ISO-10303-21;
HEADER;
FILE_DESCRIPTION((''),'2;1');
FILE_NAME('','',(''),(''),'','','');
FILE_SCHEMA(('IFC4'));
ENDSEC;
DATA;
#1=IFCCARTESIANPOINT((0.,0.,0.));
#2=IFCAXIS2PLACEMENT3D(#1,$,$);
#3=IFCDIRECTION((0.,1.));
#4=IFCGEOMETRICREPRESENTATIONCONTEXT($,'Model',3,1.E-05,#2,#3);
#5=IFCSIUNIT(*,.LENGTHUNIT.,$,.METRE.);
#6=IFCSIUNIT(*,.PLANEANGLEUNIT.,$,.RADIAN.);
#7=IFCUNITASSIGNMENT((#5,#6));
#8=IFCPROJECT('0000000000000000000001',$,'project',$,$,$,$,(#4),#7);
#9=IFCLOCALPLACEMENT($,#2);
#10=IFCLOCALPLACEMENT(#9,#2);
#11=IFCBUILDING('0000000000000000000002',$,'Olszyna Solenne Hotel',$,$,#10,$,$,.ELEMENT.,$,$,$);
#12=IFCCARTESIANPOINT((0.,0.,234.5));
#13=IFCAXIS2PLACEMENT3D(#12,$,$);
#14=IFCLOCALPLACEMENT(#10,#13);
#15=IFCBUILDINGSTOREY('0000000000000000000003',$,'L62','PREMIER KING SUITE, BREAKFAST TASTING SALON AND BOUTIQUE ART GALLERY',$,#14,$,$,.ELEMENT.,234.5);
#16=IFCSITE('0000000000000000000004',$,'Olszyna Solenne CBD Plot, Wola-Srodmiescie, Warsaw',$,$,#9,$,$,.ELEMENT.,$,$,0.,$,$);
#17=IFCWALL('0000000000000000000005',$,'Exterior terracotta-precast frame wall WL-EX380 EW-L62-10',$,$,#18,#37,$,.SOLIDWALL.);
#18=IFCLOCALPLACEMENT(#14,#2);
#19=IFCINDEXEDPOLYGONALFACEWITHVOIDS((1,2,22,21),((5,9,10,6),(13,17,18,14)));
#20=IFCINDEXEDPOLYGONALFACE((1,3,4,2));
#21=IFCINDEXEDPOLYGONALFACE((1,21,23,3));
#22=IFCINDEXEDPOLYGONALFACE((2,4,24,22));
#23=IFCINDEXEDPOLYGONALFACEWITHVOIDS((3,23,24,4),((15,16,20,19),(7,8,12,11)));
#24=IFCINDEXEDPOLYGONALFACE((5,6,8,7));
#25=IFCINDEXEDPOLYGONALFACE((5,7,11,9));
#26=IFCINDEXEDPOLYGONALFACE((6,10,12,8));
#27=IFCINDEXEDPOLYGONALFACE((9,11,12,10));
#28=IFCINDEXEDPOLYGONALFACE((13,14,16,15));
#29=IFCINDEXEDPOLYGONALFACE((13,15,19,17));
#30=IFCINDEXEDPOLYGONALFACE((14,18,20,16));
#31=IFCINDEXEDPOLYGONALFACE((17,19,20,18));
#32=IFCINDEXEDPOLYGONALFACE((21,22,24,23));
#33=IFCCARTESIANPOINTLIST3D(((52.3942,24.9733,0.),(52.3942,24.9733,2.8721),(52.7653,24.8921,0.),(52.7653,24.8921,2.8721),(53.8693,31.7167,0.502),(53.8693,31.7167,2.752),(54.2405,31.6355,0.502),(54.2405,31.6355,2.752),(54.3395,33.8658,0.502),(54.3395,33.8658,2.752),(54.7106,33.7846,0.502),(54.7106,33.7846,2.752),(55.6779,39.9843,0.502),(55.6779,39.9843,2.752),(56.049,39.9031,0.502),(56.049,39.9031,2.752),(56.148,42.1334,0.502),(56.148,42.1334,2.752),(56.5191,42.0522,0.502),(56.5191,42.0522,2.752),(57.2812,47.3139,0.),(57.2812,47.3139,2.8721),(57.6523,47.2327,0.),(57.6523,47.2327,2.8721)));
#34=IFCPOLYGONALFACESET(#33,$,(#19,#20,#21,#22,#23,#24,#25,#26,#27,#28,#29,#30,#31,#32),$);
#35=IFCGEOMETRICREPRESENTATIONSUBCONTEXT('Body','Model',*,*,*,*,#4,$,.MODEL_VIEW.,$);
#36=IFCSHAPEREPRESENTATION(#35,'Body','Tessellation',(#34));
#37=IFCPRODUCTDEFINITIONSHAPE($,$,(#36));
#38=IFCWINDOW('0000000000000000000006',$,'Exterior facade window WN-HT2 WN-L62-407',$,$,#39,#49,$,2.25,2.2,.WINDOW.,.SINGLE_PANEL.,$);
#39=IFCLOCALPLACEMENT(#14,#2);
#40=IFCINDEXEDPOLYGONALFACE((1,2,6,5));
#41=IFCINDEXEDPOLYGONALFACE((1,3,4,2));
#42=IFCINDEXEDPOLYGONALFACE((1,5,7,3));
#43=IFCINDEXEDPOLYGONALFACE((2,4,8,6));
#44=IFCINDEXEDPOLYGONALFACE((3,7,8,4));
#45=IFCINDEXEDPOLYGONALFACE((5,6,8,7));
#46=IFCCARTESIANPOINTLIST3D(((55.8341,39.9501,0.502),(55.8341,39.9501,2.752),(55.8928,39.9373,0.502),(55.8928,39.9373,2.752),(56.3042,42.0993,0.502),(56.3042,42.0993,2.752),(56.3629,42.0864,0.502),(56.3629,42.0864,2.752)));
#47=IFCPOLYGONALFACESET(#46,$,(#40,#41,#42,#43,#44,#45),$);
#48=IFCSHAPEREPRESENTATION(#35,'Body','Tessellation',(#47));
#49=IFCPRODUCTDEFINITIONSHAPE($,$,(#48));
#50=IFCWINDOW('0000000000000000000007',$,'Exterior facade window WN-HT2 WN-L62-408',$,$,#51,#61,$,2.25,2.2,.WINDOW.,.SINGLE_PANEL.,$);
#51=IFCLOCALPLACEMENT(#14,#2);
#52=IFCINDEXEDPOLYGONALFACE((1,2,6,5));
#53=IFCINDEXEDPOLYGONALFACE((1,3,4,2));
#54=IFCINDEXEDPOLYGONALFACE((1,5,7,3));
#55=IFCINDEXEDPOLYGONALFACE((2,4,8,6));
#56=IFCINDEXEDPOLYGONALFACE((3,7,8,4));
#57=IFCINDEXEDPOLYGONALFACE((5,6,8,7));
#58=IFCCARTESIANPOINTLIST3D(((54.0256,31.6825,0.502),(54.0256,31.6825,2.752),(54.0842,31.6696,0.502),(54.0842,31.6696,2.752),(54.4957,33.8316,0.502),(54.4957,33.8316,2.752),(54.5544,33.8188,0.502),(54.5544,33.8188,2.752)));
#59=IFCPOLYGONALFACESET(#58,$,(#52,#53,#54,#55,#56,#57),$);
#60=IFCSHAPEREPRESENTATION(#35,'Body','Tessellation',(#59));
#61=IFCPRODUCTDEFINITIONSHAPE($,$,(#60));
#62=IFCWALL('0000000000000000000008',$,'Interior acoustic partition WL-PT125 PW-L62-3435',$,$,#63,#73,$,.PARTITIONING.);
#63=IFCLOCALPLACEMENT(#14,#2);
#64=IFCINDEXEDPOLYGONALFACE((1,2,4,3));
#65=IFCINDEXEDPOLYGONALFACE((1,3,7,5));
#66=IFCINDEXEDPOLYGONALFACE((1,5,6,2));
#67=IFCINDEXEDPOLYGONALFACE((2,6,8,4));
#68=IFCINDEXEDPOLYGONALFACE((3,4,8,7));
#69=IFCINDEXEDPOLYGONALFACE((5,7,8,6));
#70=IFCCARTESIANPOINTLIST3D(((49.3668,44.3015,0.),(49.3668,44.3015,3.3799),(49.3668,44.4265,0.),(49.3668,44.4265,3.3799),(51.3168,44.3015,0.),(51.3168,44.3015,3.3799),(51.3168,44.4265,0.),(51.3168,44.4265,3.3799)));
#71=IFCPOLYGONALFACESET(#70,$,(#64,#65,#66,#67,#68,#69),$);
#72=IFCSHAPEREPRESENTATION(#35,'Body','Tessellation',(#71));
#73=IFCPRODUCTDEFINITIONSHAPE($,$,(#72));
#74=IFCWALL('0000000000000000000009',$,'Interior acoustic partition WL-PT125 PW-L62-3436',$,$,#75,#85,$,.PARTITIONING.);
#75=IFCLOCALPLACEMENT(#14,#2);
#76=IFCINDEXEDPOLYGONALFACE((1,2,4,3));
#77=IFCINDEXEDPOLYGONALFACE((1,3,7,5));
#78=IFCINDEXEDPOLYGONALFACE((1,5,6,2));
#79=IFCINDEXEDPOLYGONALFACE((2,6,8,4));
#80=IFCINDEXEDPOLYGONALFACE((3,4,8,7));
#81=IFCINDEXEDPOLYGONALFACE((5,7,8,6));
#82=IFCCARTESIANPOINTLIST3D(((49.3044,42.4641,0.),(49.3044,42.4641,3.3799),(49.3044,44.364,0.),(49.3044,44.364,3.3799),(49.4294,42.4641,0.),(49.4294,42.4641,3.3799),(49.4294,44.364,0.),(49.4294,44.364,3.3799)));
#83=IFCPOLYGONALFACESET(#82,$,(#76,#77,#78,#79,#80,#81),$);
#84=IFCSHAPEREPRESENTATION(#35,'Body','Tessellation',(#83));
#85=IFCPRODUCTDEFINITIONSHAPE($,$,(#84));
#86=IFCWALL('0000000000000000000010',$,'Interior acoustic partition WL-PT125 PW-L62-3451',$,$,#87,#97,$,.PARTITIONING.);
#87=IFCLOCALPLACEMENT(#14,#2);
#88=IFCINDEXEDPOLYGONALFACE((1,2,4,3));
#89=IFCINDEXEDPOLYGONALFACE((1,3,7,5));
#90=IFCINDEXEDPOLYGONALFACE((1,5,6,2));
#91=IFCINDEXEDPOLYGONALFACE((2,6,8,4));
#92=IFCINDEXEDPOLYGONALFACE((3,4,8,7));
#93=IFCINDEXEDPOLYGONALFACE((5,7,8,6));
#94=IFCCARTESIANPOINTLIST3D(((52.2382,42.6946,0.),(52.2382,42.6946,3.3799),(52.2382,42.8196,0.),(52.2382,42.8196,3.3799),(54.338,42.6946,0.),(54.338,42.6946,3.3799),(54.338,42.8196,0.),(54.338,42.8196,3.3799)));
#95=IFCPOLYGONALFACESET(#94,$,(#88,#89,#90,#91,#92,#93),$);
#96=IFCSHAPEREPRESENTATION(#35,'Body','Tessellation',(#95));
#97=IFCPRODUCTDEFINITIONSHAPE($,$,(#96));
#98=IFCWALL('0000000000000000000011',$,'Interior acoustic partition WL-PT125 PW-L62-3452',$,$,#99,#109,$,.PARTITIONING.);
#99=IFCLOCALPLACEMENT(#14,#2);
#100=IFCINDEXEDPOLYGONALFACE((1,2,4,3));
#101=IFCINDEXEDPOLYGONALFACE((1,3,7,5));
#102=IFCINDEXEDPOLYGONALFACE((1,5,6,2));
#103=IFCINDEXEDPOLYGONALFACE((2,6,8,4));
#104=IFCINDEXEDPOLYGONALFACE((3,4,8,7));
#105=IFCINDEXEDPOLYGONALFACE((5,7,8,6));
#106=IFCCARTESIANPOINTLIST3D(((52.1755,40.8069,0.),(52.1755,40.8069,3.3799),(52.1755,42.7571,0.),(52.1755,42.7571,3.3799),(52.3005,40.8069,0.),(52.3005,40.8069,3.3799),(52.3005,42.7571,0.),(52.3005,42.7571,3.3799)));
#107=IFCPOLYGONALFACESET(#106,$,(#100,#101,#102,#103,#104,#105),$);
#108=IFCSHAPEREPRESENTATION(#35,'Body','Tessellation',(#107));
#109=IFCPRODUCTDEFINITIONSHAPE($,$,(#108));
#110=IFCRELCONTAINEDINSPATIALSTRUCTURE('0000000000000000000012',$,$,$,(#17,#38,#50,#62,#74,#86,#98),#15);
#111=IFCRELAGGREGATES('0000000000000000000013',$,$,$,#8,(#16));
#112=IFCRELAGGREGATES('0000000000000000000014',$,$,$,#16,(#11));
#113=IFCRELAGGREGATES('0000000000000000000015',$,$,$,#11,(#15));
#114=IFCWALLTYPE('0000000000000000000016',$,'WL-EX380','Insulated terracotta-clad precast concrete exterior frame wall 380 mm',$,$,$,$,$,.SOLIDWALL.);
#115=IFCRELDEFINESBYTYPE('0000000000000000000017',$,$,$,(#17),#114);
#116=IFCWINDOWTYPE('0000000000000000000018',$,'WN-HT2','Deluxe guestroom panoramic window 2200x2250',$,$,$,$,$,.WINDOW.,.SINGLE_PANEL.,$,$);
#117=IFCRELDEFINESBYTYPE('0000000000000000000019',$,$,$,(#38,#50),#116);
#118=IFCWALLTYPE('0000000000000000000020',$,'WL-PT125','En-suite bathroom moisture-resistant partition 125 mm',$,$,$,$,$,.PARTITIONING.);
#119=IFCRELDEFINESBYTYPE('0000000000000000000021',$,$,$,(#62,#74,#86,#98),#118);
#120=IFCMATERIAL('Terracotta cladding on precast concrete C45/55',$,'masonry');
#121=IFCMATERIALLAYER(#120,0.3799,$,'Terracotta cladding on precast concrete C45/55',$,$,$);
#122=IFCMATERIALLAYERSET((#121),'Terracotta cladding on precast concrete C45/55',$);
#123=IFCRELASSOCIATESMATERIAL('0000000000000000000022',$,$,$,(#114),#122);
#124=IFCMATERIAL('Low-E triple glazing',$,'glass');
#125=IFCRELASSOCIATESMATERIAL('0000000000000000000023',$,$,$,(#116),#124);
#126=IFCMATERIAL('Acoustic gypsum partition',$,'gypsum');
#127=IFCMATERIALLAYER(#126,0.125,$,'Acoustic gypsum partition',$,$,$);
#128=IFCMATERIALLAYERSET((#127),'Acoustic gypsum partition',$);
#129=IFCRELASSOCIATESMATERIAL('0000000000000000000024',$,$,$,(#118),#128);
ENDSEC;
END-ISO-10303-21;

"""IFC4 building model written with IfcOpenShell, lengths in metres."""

from ifc_helpers import new_model, si_unit, direction, frame, frame_2d, origin, place, context, subcontext, project, spatial, rectangle, extrude, source, transform, mapped, material, layer, layer_set, type_object, type_shapes, element, fill, save


model = new_model("IFC4")

# Units and contexts
model_context = context("Model", 3, precision=1e-05, world=origin(), true_north=direction((0.0, 1.0)))
body_context = subcontext(model_context, "Body", "Model", "MODEL_VIEW")
ifc_project = project(units=[si_unit("LENGTHUNIT", "METRE"), si_unit("PLANEANGLEUNIT", "RADIAN")], contexts=[model_context])

# Site, building, storey
site_placement = place(None, origin())
site = spatial("IfcSite", under=ifc_project, at=site_placement, Name="Olszyna Solenne CBD Plot, Wola-Srodmiescie, Warsaw", CompositionType="ELEMENT", RefElevation=0.0)
building_placement = place(site_placement, origin())
building = spatial("IfcBuilding", under=site, at=building_placement, Name="Olszyna Solenne Hotel", CompositionType="ELEMENT")
storey_placement = place(building_placement, frame((0.0, 0.0, 234.5)))
storey = spatial("IfcBuildingStorey", under=building, at=storey_placement, Name="L62", Description="PREMIER KING SUITE, BREAKFAST TASTING SALON AND BOUTIQUE ART GALLERY", CompositionType="ELEMENT", Elevation=234.5)

# Wall, openings, windows
ifc_material_1 = material(Name="Terracotta cladding on precast concrete C45/55", Category="masonry")
ifc_layer_1 = layer(ifc_material_1, 0.3799, Name="Terracotta cladding on precast concrete C45/55")
ifc_layer_set_1 = layer_set([ifc_layer_1], Name="Terracotta cladding on precast concrete C45/55")
wall_type_1 = type_object("IfcWallType", Name="WL-EX380", Description="Insulated terracotta-clad precast concrete exterior frame wall 380 mm", PredefinedType="SOLIDWALL", material=ifc_layer_set_1)
wall_1_placement = place(storey_placement, frame((57.4668, 47.2734, 0.0), z_axis=(0.0, 0.0, 1.0), x_axis=(-0.213695, -0.9769, 0.0)))
wall_1 = element("IfcWall", 1, at=wall_1_placement, inside=storey, type_object=wall_type_1, Name="Exterior terracotta-precast frame wall WL-EX380 EW-L62-10", PredefinedType="SOLIDWALL", context=body_context, shape_type="SweptSolid", body=[
    extrude(rectangle(XDim=22.8689, YDim=0.3799, at=frame_2d((11.4346, 0.0))), origin(), (0.0, 0.0, 1.0), 2.8721),
])
opening_1_placement = place(wall_1_placement, frame((5.303, 0.0, 0.502)))
opening_1 = element("IfcOpeningElement", 2, at=opening_1_placement, cuts=wall_1, PredefinedType="OPENING", context=body_context, shape_type="SweptSolid", body=[
    extrude(rectangle(XDim=2.2, YDim=2.25, at=frame_2d((1.1001, 1.125))), frame((0.0, 0.2, 0.0), z_axis=(0.0, -1.0, 0.0), x_axis=(1.0, 0.0, 0.0)), (0.0, 0.0, 1.0), 0.3999),
])
opening_2_placement = place(wall_1_placement, frame((13.7661, 0.0, 0.502)))
opening_2 = element("IfcOpeningElement", 3, at=opening_2_placement, cuts=wall_1, PredefinedType="OPENING", context=body_context, shape_type="SweptSolid", body=[
    extrude(rectangle(XDim=2.2, YDim=2.25, at=frame_2d((1.1001, 1.125))), frame((0.0, 0.2, 0.0), z_axis=(0.0, -1.0, 0.0), x_axis=(1.0, 0.0, 0.0)), (0.0, 0.0, 1.0), 0.3999),
])
ifc_material_2 = material(Name="Low-E triple glazing", Category="glass")
window_type = type_object("IfcWindowType", Name="WN-HT2", Description="Deluxe guestroom panoramic window 2200x2250", PartitioningType="SINGLE_PANEL", PredefinedType="WINDOW", material=ifc_material_2)
shared_shape_1 = source(origin(), body_context, "Body", "SweptSolid", [
    extrude(rectangle(XDim=2.2, YDim=2.25, at=frame_2d((1.1001, 1.125))), frame((0.0, 0.03, 0.0), z_axis=(0.0, -1.0, 0.0), x_axis=(1.0, 0.0, 0.0)), (0.0, 0.0, 1.0), 0.0601),
])
type_shapes(window_type, [shared_shape_1])
window_1_placement = place(opening_1_placement, origin())
window_1 = element("IfcWindow", 4, at=window_1_placement, inside=storey, type_object=window_type, Name="Exterior facade window WN-HT2 WN-L62-407", OverallHeight=2.25, OverallWidth=2.2, PartitioningType="SINGLE_PANEL", PredefinedType="WINDOW", context=body_context, shape_type="MappedRepresentation", body=[
    mapped(shared_shape_1, transform((0.0, 0.0, 0.0), x_axis=(1.0, 0.0, 0.0), y_axis=(0.0, 1.0, 0.0), z_axis=(0.0, 0.0, 1.0), scale=1.0)),
])
fill(opening_1, window_1)
window_2_placement = place(opening_2_placement, origin())
window_2 = element("IfcWindow", 5, at=window_2_placement, inside=storey, type_object=window_type, Name="Exterior facade window WN-HT2 WN-L62-408", OverallHeight=2.25, OverallWidth=2.2, PartitioningType="SINGLE_PANEL", PredefinedType="WINDOW", context=body_context, shape_type="MappedRepresentation", body=[
    mapped(shared_shape_1, transform((0.0, 0.0, 0.0), x_axis=(1.0, 0.0, 0.0), y_axis=(0.0, 1.0, 0.0), z_axis=(0.0, 0.0, 1.0), scale=1.0)),
])
fill(opening_2, window_2)

# Walls
ifc_material_3 = material(Name="Acoustic gypsum partition", Category="gypsum")
ifc_layer_2 = layer(ifc_material_3, 0.125, Name="Acoustic gypsum partition")
ifc_layer_set_2 = layer_set([ifc_layer_2], Name="Acoustic gypsum partition")
wall_type_2 = type_object("IfcWallType", Name="WL-PT125", Description="En-suite bathroom moisture-resistant partition 125 mm", PredefinedType="PARTITIONING", material=ifc_layer_set_2)
wall_2_placement = place(storey_placement, frame((51.3169, 44.364, 0.0), z_axis=(0.0, 0.0, 1.0), x_axis=(-1.0, 0.0, 0.0)))
element("IfcWall", 6, at=wall_2_placement, inside=storey, type_object=wall_type_2, Name="Interior acoustic partition WL-PT125 PW-L62-3435", PredefinedType="PARTITIONING", context=body_context, shape_type="SweptSolid", body=[
    extrude(rectangle(XDim=1.95, YDim=0.125, at=frame_2d((0.9751, 0.0))), origin(), (0.0, 0.0, 1.0), 3.3799),
])
wall_3_placement = place(storey_placement, frame((49.3669, 44.364, 0.0), z_axis=(0.0, 0.0, 1.0), x_axis=(0.0, -1.0, 0.0)))
element("IfcWall", 7, at=wall_3_placement, inside=storey, type_object=wall_type_2, Name="Interior acoustic partition WL-PT125 PW-L62-3436", PredefinedType="PARTITIONING", context=body_context, shape_type="SweptSolid", body=[
    extrude(rectangle(XDim=1.8999, YDim=0.125, at=frame_2d((0.95, 0.0))), origin(), (0.0, 0.0, 1.0), 3.3799),
])
wall_4_placement = place(storey_placement, frame((54.3379, 42.7571, 0.0), z_axis=(0.0, 0.0, 1.0), x_axis=(-1.0, 0.0, 0.0)))
element("IfcWall", 8, at=wall_4_placement, inside=storey, type_object=wall_type_2, Name="Interior acoustic partition WL-PT125 PW-L62-3451", PredefinedType="PARTITIONING", context=body_context, shape_type="SweptSolid", body=[
    extrude(rectangle(XDim=2.0999, YDim=0.125, at=frame_2d((1.0498, 0.0))), origin(), (0.0, 0.0, 1.0), 3.3799),
])
wall_5_placement = place(storey_placement, frame((52.238, 42.7571, 0.0), z_axis=(0.0, 0.0, 1.0), x_axis=(0.0, -1.0, 0.0)))
element("IfcWall", 9, at=wall_5_placement, inside=storey, type_object=wall_type_2, Name="Interior acoustic partition WL-PT125 PW-L62-3452", PredefinedType="PARTITIONING", context=body_context, shape_type="SweptSolid", body=[
    extrude(rectangle(XDim=1.9502, YDim=0.125, at=frame_2d((0.9751, 0.0))), origin(), (0.0, 0.0, 1.0), 3.3799),
])

save(model, "model.ifc")
